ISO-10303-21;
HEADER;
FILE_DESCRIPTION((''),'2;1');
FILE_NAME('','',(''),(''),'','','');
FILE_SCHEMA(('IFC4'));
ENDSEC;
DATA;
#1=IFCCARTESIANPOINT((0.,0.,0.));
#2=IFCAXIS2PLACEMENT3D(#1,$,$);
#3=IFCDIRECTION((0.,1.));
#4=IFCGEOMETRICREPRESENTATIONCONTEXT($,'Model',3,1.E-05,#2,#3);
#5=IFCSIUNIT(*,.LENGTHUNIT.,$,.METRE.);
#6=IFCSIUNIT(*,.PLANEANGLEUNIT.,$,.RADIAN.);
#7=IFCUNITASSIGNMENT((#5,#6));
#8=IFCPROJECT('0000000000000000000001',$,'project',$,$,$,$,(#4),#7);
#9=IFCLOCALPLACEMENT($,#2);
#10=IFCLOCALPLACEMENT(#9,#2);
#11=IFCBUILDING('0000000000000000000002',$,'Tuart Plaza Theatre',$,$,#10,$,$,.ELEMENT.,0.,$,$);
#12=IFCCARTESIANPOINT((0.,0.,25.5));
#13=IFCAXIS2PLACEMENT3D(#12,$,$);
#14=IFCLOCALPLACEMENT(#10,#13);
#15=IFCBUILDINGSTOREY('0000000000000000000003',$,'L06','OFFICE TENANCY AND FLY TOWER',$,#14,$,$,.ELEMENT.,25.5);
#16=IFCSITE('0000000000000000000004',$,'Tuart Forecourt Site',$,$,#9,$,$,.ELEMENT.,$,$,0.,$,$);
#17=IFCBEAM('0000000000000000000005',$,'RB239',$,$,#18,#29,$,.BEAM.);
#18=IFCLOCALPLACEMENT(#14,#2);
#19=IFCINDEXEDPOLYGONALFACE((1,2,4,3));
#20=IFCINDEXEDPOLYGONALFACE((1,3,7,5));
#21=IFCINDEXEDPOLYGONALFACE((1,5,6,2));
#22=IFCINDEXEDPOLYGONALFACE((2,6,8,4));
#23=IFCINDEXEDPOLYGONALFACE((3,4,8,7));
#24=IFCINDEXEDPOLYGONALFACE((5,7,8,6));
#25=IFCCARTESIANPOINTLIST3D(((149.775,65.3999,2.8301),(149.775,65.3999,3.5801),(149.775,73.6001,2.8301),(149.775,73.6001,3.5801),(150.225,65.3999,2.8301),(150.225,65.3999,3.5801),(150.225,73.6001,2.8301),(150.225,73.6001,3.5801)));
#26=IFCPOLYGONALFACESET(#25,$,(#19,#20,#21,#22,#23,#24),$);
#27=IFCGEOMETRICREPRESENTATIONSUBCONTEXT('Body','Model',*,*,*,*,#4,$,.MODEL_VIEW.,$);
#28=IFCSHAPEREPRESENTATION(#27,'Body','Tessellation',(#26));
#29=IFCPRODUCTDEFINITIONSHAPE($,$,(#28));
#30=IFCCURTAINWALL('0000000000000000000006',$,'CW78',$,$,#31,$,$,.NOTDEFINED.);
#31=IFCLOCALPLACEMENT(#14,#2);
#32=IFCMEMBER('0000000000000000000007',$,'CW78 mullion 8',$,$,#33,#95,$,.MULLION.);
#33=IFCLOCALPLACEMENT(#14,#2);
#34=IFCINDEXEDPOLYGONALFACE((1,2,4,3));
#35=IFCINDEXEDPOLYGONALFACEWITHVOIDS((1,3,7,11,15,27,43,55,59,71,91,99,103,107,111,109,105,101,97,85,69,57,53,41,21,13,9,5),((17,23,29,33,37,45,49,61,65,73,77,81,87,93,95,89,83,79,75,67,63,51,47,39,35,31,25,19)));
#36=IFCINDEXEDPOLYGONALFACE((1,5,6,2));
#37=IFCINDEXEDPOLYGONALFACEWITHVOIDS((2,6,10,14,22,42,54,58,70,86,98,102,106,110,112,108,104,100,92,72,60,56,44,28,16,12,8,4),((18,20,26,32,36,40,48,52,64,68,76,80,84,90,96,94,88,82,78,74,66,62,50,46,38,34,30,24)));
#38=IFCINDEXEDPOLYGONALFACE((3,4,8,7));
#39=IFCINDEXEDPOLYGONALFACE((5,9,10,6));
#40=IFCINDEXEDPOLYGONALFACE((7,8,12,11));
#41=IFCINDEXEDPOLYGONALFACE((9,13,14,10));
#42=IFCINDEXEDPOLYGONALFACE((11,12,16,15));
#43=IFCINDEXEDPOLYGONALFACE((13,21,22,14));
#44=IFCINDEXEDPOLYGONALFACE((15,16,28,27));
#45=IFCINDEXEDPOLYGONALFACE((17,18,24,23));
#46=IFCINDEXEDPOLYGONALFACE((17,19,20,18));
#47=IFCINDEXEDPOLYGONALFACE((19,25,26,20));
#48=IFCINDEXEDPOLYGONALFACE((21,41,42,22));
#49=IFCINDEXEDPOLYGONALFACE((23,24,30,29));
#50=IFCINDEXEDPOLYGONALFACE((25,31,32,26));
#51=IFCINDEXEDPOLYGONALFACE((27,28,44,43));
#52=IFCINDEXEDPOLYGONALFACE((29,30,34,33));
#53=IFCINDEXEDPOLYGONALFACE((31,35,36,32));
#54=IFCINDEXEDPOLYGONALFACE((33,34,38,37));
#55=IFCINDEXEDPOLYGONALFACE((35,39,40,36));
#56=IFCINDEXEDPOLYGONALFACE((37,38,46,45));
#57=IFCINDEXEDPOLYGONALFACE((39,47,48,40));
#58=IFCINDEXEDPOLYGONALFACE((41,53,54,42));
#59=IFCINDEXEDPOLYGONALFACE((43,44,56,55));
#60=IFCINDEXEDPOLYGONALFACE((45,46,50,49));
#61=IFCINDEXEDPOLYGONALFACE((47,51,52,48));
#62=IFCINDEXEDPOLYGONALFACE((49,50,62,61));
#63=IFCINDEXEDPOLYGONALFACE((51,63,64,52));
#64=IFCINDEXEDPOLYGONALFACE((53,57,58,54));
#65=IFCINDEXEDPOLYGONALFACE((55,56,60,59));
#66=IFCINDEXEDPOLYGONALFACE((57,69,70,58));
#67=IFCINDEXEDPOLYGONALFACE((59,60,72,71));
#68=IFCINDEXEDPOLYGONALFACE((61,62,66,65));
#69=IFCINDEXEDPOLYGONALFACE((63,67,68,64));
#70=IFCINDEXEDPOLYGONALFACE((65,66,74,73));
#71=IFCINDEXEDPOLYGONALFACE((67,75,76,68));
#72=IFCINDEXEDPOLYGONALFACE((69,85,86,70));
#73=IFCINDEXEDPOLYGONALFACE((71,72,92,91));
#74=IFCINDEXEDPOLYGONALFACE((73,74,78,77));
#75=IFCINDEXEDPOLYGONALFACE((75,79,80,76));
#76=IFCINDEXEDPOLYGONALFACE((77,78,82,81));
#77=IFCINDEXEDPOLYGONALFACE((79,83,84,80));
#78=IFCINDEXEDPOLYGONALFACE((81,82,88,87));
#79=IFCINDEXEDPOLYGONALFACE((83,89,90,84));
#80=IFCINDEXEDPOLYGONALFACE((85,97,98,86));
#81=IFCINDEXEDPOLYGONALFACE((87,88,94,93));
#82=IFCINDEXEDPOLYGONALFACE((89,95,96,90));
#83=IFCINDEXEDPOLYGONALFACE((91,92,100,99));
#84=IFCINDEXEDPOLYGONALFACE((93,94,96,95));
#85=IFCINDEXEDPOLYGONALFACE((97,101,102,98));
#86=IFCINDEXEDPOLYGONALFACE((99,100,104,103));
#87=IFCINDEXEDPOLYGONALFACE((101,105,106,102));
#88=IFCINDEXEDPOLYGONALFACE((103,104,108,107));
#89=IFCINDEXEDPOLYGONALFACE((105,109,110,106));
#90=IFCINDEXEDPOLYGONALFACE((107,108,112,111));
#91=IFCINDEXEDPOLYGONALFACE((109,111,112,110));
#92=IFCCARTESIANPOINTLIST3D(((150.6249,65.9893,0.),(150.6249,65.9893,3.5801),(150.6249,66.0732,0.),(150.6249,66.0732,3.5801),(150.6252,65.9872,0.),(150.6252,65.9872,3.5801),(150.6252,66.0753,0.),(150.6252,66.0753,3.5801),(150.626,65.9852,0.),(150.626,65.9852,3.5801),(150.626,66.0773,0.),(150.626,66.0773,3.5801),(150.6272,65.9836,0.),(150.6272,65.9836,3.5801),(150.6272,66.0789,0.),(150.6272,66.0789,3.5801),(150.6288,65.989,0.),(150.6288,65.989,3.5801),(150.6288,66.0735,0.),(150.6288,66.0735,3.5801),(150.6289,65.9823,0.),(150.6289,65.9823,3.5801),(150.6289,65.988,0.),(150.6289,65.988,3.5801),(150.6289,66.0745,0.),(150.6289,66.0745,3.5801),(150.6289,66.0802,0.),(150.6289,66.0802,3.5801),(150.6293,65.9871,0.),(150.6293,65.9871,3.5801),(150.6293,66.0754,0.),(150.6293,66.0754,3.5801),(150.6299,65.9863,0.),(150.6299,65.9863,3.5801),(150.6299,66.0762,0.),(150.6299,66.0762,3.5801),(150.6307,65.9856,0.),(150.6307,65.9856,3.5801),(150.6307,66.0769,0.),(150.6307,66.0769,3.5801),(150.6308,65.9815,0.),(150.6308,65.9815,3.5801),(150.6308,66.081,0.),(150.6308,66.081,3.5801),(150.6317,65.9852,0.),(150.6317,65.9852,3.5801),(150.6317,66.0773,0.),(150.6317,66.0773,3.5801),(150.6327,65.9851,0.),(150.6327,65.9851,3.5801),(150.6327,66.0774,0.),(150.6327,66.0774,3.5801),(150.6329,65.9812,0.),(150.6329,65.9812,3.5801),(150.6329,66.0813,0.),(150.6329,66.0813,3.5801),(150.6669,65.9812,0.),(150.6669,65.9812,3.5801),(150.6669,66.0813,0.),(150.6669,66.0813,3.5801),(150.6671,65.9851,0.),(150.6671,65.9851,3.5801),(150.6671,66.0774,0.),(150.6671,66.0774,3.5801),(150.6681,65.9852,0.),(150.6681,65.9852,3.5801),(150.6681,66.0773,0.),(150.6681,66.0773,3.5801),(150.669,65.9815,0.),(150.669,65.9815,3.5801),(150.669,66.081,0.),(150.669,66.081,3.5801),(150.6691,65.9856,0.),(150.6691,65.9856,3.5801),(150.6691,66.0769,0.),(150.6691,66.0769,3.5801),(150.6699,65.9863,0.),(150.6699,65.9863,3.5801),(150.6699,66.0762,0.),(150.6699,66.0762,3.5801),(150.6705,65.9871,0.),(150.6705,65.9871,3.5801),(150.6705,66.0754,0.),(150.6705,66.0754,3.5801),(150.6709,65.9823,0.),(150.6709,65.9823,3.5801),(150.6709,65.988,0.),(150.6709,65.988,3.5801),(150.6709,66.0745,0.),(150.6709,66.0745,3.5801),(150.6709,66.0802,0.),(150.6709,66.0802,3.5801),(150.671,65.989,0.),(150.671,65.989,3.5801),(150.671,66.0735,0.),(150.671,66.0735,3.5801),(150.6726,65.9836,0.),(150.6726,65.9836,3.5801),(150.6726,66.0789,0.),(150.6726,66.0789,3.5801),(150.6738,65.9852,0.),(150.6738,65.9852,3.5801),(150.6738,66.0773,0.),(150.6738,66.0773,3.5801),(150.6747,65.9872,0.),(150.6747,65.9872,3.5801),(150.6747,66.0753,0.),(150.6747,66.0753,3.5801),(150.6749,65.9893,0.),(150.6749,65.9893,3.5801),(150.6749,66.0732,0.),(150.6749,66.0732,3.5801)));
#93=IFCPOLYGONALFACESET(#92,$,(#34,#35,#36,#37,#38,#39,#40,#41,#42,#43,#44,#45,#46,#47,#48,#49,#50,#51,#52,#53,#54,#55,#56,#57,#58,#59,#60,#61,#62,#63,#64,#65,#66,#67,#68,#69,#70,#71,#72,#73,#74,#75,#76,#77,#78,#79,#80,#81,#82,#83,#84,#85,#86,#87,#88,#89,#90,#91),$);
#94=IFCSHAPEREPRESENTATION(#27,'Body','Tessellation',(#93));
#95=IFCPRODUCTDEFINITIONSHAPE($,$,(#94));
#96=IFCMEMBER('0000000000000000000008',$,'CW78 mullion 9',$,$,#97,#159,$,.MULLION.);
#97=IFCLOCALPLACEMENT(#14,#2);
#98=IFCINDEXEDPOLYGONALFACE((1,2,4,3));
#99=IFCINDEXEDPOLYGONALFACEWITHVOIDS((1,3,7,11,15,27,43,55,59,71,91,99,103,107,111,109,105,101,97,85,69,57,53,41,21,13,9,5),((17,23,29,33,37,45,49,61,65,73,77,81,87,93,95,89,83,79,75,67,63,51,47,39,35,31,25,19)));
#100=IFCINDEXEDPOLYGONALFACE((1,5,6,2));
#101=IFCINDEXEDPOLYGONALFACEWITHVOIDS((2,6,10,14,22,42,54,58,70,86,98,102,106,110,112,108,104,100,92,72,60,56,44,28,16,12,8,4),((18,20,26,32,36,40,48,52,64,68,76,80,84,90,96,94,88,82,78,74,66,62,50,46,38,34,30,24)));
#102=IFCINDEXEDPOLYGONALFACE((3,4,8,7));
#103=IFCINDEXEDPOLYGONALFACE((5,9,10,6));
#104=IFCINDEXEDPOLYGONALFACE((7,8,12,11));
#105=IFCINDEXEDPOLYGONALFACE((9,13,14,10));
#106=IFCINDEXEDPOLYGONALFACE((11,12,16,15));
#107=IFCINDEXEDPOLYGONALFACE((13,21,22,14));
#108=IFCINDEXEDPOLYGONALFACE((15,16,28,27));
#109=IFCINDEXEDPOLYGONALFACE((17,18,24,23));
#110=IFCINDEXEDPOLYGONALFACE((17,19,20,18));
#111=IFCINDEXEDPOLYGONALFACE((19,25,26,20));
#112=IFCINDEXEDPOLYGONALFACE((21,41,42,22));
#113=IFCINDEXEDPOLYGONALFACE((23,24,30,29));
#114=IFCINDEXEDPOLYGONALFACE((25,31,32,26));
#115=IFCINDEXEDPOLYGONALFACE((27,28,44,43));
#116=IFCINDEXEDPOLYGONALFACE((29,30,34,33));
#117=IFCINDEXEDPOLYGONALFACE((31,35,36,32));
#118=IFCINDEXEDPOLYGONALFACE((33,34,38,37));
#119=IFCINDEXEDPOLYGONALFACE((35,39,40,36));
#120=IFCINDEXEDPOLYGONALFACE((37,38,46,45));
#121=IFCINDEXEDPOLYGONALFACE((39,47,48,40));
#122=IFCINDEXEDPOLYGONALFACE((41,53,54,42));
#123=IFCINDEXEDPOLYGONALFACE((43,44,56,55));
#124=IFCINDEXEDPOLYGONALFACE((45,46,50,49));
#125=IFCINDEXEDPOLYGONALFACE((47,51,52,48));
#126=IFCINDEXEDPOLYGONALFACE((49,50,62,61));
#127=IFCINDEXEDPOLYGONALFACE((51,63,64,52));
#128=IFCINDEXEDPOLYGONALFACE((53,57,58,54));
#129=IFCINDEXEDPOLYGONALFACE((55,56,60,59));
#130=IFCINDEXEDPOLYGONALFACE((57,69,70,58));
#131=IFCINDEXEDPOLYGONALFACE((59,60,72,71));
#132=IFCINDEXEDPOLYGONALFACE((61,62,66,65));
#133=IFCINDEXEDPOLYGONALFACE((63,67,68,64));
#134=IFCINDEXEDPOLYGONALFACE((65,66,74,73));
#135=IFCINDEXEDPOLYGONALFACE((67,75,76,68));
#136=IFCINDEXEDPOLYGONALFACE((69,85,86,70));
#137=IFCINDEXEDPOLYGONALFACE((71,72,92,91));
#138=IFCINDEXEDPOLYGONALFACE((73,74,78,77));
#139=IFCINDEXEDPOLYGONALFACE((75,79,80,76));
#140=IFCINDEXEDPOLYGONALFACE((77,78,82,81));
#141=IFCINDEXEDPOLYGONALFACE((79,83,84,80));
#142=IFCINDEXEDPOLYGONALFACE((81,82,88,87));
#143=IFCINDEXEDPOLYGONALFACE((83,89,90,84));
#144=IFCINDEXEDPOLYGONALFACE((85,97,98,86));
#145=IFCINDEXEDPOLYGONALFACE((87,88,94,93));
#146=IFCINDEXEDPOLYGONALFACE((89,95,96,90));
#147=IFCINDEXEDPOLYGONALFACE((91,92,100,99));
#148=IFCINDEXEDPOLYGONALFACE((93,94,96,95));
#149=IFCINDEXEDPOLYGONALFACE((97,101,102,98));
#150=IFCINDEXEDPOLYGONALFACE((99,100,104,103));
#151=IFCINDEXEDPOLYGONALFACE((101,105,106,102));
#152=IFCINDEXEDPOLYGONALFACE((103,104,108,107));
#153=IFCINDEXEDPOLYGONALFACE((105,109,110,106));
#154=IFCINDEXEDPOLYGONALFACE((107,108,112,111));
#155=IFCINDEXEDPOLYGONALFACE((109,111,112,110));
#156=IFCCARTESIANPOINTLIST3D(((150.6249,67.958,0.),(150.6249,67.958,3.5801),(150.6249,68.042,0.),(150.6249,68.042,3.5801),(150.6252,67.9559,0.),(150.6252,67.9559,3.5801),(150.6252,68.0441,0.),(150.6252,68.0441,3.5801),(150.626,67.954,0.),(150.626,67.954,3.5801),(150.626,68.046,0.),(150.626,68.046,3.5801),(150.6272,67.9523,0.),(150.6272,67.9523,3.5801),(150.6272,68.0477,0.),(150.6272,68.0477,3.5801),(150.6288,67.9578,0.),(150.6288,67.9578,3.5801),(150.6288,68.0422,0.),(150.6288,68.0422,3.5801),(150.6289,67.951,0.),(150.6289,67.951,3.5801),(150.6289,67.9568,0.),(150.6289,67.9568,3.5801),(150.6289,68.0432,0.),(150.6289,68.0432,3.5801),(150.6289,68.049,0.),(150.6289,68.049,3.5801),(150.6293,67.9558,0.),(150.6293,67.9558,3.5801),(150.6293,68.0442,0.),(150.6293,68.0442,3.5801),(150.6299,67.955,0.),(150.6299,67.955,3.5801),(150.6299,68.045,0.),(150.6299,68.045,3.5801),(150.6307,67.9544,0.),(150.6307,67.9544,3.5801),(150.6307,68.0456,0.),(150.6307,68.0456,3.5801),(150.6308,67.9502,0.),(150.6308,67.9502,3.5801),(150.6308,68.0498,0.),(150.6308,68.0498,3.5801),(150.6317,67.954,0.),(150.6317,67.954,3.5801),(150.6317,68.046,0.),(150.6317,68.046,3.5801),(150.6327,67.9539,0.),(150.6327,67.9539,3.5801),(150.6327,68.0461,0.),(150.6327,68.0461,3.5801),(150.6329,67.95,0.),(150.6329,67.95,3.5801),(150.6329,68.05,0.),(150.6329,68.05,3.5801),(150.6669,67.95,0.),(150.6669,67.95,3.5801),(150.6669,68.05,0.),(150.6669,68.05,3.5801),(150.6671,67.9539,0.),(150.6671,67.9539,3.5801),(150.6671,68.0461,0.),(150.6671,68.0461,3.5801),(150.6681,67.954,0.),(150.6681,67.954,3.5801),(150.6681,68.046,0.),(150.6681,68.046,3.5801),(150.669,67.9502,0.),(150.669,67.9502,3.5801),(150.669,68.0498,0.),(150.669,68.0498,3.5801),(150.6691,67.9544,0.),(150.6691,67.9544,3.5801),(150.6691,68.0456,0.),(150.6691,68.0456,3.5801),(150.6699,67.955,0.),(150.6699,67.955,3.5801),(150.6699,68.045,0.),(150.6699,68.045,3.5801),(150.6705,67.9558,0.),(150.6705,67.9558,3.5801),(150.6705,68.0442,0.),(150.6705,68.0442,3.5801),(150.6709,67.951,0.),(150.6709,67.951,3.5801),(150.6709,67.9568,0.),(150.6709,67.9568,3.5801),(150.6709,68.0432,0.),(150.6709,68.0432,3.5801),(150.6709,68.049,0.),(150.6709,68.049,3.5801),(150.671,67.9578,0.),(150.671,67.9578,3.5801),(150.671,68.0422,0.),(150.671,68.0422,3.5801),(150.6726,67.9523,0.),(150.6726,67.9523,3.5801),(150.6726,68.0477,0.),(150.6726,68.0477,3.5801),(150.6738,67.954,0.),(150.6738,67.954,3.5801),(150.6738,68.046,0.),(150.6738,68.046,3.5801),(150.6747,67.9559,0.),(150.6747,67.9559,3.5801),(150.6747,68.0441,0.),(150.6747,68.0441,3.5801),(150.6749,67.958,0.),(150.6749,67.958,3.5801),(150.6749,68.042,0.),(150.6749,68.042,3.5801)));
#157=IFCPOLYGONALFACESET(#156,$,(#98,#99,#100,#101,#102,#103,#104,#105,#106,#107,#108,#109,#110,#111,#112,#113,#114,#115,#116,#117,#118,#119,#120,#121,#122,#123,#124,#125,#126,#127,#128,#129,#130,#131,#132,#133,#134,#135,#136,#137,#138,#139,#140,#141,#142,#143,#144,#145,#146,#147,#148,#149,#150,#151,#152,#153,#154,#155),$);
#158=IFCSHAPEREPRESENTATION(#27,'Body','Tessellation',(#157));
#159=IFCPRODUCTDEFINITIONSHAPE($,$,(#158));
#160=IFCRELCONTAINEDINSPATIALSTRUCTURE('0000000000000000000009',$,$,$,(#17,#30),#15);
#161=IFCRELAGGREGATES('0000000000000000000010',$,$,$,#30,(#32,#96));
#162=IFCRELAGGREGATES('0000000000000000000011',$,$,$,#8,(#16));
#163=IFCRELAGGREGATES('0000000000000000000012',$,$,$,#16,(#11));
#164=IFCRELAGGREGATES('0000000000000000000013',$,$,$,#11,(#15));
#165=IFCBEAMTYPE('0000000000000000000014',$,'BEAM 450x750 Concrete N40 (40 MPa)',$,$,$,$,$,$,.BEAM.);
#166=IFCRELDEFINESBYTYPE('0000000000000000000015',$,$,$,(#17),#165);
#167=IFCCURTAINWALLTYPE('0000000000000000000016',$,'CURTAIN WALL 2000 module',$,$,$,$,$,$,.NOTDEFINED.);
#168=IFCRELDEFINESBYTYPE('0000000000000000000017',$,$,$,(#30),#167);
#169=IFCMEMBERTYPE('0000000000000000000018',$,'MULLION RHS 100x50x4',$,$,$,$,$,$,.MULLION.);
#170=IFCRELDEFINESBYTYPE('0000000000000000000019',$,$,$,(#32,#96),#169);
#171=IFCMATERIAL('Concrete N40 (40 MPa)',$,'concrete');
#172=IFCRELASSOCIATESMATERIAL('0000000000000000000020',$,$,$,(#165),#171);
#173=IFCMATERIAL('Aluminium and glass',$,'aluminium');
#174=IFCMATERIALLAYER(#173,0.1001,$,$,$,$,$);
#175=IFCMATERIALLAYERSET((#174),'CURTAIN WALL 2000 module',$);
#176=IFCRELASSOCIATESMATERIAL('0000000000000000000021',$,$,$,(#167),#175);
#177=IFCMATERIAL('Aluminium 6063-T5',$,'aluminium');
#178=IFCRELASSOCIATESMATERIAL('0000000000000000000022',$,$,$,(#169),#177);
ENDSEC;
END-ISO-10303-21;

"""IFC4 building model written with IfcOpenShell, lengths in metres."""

from ifc_helpers import new_model, si_unit, direction, frame, origin, origin_2d, place, context, subcontext, project, spatial, rectangle, hollow_rectangle, extrude, material, layer, layer_set, material_profile, profile_set, type_object, element, aggregate, save


model = new_model("IFC4")

# Units and contexts
model_context = context("Model", 3, precision=1e-05, world=origin(), true_north=direction((0.0, 1.0)))
body_context = subcontext(model_context, "Body", "Model", "MODEL_VIEW")
ifc_project = project(units=[si_unit("LENGTHUNIT", "METRE"), si_unit("PLANEANGLEUNIT", "RADIAN")], contexts=[model_context])

# Site, building, storey
site_placement = place(None, origin())
site = spatial("IfcSite", under=ifc_project, at=site_placement, Name="Tuart Forecourt Site", CompositionType="ELEMENT", RefElevation=0.0)
building_placement = place(site_placement, origin())
building = spatial("IfcBuilding", under=site, at=building_placement, Name="Tuart Plaza Theatre", CompositionType="ELEMENT", ElevationOfRefHeight=0.0)
storey_placement = place(building_placement, frame((0.0, 0.0, 25.5)))
storey = spatial("IfcBuildingStorey", under=building, at=storey_placement, Name="L06", Description="OFFICE TENANCY AND FLY TOWER", CompositionType="ELEMENT", Elevation=25.5)

# Beam
ifc_material_1 = material(Name="Concrete N40 (40 MPa)", Category="concrete")
ifc_material_profile_1 = material_profile(ifc_material_1, rectangle(XDim=0.45, YDim=0.75, at=origin_2d()), Name="BEAM 450x750 Concrete N40 (40 MPa)")
ifc_profile_set_1 = profile_set([ifc_material_profile_1], Name="Concrete N40 (40 MPa)")
beam_type = type_object("IfcBeamType", Name="BEAM 450x750 Concrete N40 (40 MPa)", PredefinedType="BEAM", material=ifc_profile_set_1)
beam_placement = place(storey_placement, frame((150.0, 65.3999, 3.2051), z_axis=(0.0, 1.0, 0.0), x_axis=(-1.0, 0.0, 0.0)))
element("IfcBeam", 1, at=beam_placement, inside=storey, type_object=beam_type, Name="RB239", PredefinedType="BEAM", context=body_context, shape_type="SweptSolid", body=[
    extrude(rectangle(XDim=0.45, YDim=0.75, at=origin_2d()), origin(), (0.0, 0.0, 1.0), 8.2002),
])

# Curtain wall, members
ifc_material_2 = material(Name="Aluminium and glass", Category="aluminium")
ifc_layer_1 = layer(ifc_material_2, 0.1001)
ifc_layer_set_1 = layer_set([ifc_layer_1], Name="CURTAIN WALL 2000 module")
curtain_wall_type = type_object("IfcCurtainWallType", Name="CURTAIN WALL 2000 module", PredefinedType="NOTDEFINED", material=ifc_layer_set_1)
curtain_wall_placement = place(storey_placement, origin())
curtain_wall = element("IfcCurtainWall", 2, at=curtain_wall_placement, inside=storey, type_object=curtain_wall_type, Name="CW78", PredefinedType="NOTDEFINED")
ifc_material_3 = material(Name="Aluminium 6063-T5", Category="aluminium")
ifc_material_profile_2 = material_profile(ifc_material_3, hollow_rectangle(XDim=0.05, YDim=0.1001, WallThickness=0.0039, InnerFilletRadius=0.0039, OuterFilletRadius=0.0081, at=origin_2d()), Name="RHS 100x50x4")
ifc_profile_set_2 = profile_set([ifc_material_profile_2], Name="Aluminium 6063-T5")
member_type_1 = type_object("IfcMemberType", Name="MULLION RHS 100x50x4", PredefinedType="MULLION", material=ifc_profile_set_2)
member_1_placement = place(storey_placement, frame((150.6499, 66.0312, 0.0), z_axis=(0.0, 0.0, 1.0), x_axis=(-1.0, 0.0, 0.0)))
member_1 = element("IfcMember", 3, at=member_1_placement, type_object=member_type_1, Name="CW78 mullion 8", PredefinedType="MULLION", context=body_context, shape_type="SweptSolid", body=[
    extrude(hollow_rectangle(XDim=0.05, YDim=0.1001, WallThickness=0.0039, InnerFilletRadius=0.0039, OuterFilletRadius=0.0081, at=origin_2d()), origin(), (0.0, 0.0, 1.0), 3.5801),
])
member_2_placement = place(storey_placement, frame((150.6499, 68.0, 0.0), z_axis=(0.0, 0.0, 1.0), x_axis=(-1.0, 0.0, 0.0)))
member_2 = element("IfcMember", 4, at=member_2_placement, type_object=member_type_1, Name="CW78 mullion 9", PredefinedType="MULLION", context=body_context, shape_type="SweptSolid", body=[
    extrude(hollow_rectangle(XDim=0.05, YDim=0.1001, WallThickness=0.0039, InnerFilletRadius=0.0039, OuterFilletRadius=0.0081, at=origin_2d()), origin(), (0.0, 0.0, 1.0), 3.5801),
])
aggregate(curtain_wall, [member_1, member_2])

save(model, "model.ifc")
